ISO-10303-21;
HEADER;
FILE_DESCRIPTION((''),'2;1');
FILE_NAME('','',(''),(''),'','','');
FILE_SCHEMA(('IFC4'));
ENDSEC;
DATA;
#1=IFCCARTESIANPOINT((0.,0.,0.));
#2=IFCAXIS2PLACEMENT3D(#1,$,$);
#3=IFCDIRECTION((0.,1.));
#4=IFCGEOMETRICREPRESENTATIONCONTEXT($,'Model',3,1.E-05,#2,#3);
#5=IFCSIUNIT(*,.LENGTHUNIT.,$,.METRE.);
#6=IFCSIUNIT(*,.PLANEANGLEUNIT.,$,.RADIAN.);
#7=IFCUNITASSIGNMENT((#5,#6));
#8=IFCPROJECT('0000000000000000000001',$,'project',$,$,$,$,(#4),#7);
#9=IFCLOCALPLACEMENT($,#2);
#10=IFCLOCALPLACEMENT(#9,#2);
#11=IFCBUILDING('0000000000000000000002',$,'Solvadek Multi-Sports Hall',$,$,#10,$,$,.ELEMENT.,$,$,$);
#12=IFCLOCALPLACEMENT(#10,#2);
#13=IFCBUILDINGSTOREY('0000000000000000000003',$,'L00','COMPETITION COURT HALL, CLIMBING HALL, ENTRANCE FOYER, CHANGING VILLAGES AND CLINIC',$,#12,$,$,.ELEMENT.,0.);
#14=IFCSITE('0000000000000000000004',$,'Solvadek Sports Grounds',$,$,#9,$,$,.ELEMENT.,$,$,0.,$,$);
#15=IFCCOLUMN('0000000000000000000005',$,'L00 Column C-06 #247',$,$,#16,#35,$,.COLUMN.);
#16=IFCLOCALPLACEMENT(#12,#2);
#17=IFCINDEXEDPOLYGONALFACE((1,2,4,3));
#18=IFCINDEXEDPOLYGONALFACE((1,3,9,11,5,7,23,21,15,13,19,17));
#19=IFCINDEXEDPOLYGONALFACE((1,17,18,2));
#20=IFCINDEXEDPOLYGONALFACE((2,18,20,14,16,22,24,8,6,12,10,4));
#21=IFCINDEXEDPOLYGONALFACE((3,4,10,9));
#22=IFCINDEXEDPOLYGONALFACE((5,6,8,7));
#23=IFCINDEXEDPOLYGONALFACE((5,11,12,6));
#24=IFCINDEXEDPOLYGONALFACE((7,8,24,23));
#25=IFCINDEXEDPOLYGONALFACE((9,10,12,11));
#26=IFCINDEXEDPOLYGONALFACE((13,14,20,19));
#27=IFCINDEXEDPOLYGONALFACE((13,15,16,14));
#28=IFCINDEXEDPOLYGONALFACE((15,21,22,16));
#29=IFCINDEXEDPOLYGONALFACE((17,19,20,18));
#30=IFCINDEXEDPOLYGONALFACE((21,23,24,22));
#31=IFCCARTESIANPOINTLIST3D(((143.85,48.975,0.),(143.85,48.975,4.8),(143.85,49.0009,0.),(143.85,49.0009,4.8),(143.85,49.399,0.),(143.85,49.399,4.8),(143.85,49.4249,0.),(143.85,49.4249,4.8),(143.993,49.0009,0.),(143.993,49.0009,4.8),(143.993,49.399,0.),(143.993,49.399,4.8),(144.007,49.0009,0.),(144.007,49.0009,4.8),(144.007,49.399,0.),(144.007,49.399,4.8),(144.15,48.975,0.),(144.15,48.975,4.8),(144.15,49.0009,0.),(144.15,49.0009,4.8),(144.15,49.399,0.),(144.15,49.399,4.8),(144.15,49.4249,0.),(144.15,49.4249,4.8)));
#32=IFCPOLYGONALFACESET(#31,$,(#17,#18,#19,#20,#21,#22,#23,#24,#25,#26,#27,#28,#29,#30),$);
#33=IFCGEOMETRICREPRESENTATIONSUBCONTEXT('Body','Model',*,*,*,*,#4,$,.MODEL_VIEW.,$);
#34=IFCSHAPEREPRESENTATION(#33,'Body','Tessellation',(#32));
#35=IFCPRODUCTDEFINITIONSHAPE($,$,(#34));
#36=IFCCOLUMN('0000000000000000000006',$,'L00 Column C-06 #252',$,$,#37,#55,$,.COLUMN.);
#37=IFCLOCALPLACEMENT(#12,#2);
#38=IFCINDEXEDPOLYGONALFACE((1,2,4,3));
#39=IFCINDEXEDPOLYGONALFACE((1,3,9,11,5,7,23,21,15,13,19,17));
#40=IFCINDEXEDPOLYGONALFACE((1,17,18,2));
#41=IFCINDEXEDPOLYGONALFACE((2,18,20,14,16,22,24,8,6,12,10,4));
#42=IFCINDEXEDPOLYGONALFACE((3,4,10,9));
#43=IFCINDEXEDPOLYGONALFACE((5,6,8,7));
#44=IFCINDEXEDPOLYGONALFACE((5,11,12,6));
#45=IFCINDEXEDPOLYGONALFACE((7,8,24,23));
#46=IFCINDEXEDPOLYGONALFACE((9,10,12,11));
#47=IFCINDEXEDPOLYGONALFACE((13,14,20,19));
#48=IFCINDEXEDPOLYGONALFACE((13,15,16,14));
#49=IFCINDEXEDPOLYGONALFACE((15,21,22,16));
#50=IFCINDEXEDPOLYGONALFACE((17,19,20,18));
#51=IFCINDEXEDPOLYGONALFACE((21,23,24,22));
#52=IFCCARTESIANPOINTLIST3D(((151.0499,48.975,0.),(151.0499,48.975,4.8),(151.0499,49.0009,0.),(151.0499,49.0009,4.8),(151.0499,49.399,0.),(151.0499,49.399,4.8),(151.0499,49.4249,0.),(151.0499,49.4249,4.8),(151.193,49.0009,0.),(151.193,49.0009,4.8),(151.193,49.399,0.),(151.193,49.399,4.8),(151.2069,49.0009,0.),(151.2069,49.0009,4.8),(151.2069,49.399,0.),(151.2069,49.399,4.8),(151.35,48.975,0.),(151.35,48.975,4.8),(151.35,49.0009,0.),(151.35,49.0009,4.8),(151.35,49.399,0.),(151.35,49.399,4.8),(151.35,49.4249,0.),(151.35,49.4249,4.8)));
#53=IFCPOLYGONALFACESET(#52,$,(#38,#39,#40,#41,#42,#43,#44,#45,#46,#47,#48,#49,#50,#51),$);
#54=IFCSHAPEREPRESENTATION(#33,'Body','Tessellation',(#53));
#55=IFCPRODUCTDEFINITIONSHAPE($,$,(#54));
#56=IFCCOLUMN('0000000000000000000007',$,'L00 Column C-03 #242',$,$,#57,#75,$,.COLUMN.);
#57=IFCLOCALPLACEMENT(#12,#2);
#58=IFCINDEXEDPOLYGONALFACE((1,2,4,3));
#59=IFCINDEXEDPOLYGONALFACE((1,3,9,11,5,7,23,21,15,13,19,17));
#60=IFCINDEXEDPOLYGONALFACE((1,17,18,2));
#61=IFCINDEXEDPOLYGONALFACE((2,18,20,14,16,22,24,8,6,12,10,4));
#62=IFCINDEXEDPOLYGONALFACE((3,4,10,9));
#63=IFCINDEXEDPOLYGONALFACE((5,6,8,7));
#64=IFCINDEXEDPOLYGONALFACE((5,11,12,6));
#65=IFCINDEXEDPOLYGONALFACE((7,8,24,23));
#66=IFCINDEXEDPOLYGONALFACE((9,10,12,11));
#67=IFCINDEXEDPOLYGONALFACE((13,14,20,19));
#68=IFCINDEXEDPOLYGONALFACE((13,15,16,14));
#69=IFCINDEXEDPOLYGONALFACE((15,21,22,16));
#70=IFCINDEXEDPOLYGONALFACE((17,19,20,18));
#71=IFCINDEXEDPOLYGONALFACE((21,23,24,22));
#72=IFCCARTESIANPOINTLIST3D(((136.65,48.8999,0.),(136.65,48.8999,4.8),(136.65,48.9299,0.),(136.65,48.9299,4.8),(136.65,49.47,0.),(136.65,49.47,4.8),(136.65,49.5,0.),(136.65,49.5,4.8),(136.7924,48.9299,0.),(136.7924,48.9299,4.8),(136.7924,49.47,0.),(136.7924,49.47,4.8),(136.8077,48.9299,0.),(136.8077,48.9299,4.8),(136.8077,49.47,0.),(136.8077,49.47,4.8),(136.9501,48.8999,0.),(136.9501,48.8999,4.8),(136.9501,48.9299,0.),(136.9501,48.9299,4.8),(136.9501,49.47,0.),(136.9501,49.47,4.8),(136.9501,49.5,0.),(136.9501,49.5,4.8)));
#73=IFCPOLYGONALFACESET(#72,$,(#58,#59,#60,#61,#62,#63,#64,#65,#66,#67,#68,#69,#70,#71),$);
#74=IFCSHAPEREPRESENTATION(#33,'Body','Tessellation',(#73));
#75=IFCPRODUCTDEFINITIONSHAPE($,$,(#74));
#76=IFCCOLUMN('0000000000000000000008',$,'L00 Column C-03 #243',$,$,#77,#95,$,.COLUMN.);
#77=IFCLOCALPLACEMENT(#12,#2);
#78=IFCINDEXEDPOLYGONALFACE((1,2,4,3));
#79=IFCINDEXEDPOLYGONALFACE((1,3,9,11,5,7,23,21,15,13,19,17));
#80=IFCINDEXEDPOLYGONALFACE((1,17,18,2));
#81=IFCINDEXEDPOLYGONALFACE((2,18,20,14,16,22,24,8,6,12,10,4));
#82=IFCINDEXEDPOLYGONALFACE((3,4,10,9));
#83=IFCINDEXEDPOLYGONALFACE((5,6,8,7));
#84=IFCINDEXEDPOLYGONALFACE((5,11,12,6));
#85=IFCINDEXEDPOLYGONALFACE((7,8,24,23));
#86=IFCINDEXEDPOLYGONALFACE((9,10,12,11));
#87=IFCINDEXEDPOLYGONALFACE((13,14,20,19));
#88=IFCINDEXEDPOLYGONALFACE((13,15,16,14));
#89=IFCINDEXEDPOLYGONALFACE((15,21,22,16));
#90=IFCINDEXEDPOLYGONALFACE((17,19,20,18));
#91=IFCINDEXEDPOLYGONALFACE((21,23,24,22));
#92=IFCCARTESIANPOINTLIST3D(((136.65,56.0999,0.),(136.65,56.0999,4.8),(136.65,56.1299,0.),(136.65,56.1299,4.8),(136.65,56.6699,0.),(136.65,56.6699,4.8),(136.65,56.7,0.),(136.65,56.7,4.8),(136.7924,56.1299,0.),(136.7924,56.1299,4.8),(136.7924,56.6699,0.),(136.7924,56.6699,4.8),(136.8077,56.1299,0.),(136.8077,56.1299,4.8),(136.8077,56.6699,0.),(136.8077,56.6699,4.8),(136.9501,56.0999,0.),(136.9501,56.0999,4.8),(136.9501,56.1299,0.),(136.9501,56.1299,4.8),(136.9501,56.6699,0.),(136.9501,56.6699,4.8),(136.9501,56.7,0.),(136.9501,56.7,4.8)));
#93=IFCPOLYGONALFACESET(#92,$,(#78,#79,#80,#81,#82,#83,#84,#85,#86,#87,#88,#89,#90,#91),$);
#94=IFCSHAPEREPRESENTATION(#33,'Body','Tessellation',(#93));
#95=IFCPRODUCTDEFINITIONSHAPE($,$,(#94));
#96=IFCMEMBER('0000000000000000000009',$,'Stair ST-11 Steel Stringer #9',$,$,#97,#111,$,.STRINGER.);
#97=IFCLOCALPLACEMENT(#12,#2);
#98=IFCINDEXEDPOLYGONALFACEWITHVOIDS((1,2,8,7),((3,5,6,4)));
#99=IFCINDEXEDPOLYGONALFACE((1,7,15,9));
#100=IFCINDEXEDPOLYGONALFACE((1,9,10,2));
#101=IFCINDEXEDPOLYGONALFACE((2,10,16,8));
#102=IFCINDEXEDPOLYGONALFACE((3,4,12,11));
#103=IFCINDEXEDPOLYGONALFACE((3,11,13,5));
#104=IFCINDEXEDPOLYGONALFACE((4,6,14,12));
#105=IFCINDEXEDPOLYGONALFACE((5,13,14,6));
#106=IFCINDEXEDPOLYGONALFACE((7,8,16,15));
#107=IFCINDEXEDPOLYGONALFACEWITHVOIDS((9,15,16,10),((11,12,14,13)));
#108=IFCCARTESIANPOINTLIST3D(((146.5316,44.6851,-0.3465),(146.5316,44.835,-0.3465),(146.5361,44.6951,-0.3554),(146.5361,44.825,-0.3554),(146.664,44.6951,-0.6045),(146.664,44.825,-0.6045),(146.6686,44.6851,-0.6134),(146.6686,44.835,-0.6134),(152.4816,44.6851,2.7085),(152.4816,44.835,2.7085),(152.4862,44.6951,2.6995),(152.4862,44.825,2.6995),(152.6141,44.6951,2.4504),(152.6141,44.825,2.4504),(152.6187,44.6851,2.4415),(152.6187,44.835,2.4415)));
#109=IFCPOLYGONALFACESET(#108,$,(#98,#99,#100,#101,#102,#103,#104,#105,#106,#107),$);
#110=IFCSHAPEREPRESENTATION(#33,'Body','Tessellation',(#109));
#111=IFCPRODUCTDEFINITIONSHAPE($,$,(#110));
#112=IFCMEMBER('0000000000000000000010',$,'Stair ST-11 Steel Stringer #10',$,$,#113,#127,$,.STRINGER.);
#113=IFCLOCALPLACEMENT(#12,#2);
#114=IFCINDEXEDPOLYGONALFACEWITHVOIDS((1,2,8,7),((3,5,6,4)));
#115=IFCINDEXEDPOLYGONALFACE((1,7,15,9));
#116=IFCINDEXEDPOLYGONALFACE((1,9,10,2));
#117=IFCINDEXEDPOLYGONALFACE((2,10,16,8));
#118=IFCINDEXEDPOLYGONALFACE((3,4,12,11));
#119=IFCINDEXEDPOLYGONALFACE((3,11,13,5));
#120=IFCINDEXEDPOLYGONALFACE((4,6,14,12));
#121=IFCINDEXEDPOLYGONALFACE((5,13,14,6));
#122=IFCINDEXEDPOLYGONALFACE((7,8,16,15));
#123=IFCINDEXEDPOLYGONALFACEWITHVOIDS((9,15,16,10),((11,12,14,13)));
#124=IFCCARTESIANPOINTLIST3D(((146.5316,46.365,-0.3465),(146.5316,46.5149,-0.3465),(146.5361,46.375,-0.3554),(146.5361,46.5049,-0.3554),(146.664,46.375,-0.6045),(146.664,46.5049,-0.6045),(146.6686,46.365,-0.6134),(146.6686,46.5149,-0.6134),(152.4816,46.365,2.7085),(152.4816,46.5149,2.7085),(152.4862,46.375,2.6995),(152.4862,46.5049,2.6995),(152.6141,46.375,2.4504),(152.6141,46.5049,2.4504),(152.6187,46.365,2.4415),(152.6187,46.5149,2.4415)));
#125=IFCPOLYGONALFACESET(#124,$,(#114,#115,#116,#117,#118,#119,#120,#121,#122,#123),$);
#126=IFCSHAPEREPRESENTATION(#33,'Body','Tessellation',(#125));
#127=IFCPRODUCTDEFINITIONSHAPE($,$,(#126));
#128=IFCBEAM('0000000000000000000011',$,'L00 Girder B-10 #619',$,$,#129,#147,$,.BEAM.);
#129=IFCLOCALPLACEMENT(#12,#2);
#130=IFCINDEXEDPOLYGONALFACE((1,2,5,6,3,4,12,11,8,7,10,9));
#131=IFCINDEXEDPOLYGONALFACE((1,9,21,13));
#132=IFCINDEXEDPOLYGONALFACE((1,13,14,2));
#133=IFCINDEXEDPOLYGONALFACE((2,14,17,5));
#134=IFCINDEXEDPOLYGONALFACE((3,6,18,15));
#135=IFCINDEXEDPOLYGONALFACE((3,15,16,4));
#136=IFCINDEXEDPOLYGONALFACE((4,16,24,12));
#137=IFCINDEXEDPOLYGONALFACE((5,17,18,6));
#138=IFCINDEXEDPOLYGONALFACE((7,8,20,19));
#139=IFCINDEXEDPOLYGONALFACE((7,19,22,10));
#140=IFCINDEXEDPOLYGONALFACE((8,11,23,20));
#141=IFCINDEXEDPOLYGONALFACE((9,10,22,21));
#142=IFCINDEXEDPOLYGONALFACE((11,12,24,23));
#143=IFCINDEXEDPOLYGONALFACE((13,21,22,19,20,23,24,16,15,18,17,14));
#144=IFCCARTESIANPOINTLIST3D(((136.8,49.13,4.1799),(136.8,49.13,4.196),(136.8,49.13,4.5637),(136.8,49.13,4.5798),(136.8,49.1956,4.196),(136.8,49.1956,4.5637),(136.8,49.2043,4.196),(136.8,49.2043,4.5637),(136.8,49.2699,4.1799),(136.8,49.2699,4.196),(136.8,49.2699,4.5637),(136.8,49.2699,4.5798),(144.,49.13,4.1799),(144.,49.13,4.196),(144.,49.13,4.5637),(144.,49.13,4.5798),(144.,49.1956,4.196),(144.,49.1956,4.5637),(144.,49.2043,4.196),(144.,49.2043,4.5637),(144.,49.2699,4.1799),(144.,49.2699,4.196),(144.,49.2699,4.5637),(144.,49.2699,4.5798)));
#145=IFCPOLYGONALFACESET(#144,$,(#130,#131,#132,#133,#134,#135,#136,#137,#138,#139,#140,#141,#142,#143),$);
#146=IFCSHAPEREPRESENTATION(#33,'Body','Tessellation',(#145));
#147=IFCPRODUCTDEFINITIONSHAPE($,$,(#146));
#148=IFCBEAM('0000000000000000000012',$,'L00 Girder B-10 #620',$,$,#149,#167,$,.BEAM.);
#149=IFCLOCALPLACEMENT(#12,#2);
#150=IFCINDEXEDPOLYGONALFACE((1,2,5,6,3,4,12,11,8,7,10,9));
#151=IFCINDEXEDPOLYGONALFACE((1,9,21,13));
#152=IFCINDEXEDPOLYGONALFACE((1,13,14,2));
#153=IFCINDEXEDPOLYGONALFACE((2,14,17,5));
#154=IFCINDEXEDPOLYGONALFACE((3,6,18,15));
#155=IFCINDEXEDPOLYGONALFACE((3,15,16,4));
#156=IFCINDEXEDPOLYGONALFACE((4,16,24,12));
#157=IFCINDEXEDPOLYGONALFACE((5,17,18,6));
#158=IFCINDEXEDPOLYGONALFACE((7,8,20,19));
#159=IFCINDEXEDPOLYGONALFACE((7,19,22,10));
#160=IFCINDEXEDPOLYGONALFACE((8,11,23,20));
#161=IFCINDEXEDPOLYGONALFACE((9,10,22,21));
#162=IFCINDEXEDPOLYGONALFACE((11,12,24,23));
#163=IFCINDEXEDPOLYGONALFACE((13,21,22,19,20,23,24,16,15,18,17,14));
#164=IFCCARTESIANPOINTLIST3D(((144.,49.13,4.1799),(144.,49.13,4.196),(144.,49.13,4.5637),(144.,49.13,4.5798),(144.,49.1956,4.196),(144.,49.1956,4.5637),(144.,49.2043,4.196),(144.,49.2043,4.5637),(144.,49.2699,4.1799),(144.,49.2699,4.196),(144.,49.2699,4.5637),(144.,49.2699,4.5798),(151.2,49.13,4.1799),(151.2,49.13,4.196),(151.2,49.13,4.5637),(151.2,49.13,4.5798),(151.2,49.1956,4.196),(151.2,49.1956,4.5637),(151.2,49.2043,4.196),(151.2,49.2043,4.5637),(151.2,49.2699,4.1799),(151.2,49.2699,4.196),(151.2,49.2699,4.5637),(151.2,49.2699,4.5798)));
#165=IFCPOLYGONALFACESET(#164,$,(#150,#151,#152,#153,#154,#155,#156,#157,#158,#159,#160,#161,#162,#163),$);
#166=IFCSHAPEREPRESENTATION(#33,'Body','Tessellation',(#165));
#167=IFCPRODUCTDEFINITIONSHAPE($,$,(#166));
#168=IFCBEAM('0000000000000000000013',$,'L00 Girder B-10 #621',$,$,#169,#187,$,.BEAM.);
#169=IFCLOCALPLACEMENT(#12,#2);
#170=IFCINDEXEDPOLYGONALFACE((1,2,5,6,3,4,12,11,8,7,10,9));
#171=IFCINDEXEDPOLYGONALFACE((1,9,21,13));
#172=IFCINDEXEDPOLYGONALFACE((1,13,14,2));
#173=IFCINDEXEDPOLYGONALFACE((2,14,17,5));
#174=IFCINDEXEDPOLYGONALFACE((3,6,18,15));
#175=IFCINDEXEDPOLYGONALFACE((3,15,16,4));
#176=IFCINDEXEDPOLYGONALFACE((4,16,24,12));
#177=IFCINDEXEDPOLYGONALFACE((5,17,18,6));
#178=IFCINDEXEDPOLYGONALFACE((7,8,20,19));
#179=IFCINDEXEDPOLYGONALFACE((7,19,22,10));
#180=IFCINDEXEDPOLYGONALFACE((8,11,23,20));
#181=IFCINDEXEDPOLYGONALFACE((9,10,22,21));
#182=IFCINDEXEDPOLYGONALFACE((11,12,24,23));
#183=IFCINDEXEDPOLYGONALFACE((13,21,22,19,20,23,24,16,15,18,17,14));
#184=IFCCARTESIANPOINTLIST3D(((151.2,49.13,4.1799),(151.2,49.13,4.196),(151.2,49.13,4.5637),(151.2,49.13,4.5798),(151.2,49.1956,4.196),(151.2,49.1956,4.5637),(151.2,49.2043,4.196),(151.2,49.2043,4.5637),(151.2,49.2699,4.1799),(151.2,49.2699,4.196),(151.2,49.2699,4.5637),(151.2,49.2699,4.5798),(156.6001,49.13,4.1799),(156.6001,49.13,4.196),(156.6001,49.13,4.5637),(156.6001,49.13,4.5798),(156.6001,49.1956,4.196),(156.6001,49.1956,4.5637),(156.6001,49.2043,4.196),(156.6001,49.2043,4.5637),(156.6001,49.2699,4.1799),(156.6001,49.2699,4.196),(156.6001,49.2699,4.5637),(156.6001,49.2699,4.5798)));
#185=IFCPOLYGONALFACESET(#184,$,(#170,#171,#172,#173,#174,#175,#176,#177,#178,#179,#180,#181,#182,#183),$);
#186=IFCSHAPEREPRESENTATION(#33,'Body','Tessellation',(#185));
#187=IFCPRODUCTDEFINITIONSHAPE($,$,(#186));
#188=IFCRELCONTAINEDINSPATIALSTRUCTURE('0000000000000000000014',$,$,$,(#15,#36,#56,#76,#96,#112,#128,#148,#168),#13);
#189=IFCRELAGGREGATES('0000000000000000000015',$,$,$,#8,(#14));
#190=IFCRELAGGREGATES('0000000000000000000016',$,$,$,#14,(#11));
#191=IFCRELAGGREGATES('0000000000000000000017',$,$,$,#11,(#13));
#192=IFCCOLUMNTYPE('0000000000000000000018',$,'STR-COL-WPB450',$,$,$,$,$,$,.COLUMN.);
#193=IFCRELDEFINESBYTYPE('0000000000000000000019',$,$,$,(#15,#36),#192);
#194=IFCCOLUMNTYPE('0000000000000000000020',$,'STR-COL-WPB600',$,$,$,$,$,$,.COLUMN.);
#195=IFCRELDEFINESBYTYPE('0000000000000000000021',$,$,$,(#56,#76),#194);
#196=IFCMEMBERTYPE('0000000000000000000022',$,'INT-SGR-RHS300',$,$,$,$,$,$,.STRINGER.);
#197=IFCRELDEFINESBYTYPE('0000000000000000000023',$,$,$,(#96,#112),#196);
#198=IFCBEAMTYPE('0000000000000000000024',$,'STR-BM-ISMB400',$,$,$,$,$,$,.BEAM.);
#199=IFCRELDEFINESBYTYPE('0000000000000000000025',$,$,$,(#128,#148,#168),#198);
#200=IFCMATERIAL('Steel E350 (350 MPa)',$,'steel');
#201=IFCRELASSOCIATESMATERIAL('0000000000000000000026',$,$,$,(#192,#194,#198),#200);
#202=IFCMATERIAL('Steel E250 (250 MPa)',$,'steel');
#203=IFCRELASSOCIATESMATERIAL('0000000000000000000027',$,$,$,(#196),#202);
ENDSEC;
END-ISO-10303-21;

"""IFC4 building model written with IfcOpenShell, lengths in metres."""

from ifc_helpers import new_model, si_unit, direction, frame, origin, origin_2d, place, context, subcontext, project, spatial, hollow_rectangle, i_section, extrude, material, material_profile, profile_set, type_object, element, save


model = new_model("IFC4")

# Units and contexts
model_context = context("Model", 3, precision=1e-05, world=origin(), true_north=direction((0.0, 1.0)))
body_context = subcontext(model_context, "Body", "Model", "MODEL_VIEW")
ifc_project = project(units=[si_unit("LENGTHUNIT", "METRE"), si_unit("PLANEANGLEUNIT", "RADIAN")], contexts=[model_context])

# Site, building, storey
site_placement = place(None, origin())
site = spatial("IfcSite", under=ifc_project, at=site_placement, Name="Solvadek Sports Grounds", CompositionType="ELEMENT", RefElevation=0.0)
building_placement = place(site_placement, origin())
building = spatial("IfcBuilding", under=site, at=building_placement, Name="Solvadek Multi-Sports Hall", CompositionType="ELEMENT")
storey_placement = place(building_placement, origin())
storey = spatial("IfcBuildingStorey", under=building, at=storey_placement, Name="L00", Description="COMPETITION COURT HALL, CLIMBING HALL, ENTRANCE FOYER, CHANGING VILLAGES AND CLINIC", CompositionType="ELEMENT", Elevation=0.0)

# Columns
ifc_material_1 = material(Name="Steel E350 (350 MPa)", Category="steel")
ifc_material_profile_1 = material_profile(ifc_material_1, i_section(OverallWidth=0.3, OverallDepth=0.45, WebThickness=0.0139, FlangeThickness=0.0259, at=origin_2d()), Name="WPB 450")
ifc_profile_set_1 = profile_set([ifc_material_profile_1], Name="Steel E350 (350 MPa)")
column_type_1 = type_object("IfcColumnType", Name="STR-COL-WPB450", PredefinedType="COLUMN", material=ifc_profile_set_1)
for number, where, z_axis, x_axis, name in (
    (1, (144.0, 49.2, 0.0), (0.0, 0.0, 1.0), (1.0, 0.0, 0.0), "L00 Column C-06 #247"),
    (2, (151.2, 49.2, 0.0), (0.0, 0.0, 1.0), (1.0, 0.0, 0.0), "L00 Column C-06 #252"),
):
    element("IfcColumn", number, at=place(storey_placement, frame(where, z_axis=z_axis, x_axis=x_axis)), inside=storey, type_object=column_type_1, Name=name, PredefinedType="COLUMN", context=body_context, shape_type="SweptSolid", body=[
        extrude(i_section(OverallWidth=0.3, OverallDepth=0.45, WebThickness=0.0139, FlangeThickness=0.0259, at=origin_2d()), origin(), (0.0, 0.0, 1.0), 4.8),
    ])
ifc_material_profile_2 = material_profile(ifc_material_1, i_section(OverallWidth=0.3, OverallDepth=0.6001, WebThickness=0.0154, FlangeThickness=0.03, at=origin_2d()), Name="WPB 600")
ifc_profile_set_2 = profile_set([ifc_material_profile_2], Name="Steel E350 (350 MPa)")
column_type_2 = type_object("IfcColumnType", Name="STR-COL-WPB600", PredefinedType="COLUMN", material=ifc_profile_set_2)
for number, where, z_axis, x_axis, name in (
    (3, (136.8, 49.2, 0.0), (0.0, 0.0, 1.0), (1.0, 0.0, 0.0), "L00 Column C-03 #242"),
    (4, (136.8, 56.3999, 0.0), (0.0, 0.0, 1.0), (1.0, 0.0, 0.0), "L00 Column C-03 #243"),
):
    element("IfcColumn", number, at=place(storey_placement, frame(where, z_axis=z_axis, x_axis=x_axis)), inside=storey, type_object=column_type_2, Name=name, PredefinedType="COLUMN", context=body_context, shape_type="SweptSolid", body=[
        extrude(i_section(OverallWidth=0.3, OverallDepth=0.6001, WebThickness=0.0154, FlangeThickness=0.03, at=origin_2d()), origin(), (0.0, 0.0, 1.0), 4.8),
    ])

# Members
ifc_material_2 = material(Name="Steel E250 (250 MPa)", Category="steel")
ifc_material_profile_3 = material_profile(ifc_material_2, hollow_rectangle(XDim=0.1499, YDim=0.3, WallThickness=0.01, at=origin_2d()), Name="RHS 300x150x10")
ifc_profile_set_3 = profile_set([ifc_material_profile_3], Name="Steel E250 (250 MPa)")
member_type = type_object("IfcMemberType", Name="INT-SGR-RHS300", PredefinedType="STRINGER", material=ifc_profile_set_3)
for number, where, z_axis, x_axis, name in (
    (5, (146.6001, 44.76, -0.48), (0.889594, 0.0, 0.456752), (0.0, 1.0, 0.0), "Stair ST-11 Steel Stringer #9"),
    (6, (146.6001, 46.4399, -0.48), (0.889594, 0.0, 0.456752), (0.0, 1.0, 0.0), "Stair ST-11 Steel Stringer #10"),
):
    element("IfcMember", number, at=place(storey_placement, frame(where, z_axis=z_axis, x_axis=x_axis)), inside=storey, type_object=member_type, Name=name, PredefinedType="STRINGER", context=body_context, shape_type="SweptSolid", body=[
        extrude(hollow_rectangle(XDim=0.1499, YDim=0.3, WallThickness=0.01, at=origin_2d()), origin(), (0.0, 0.0, 1.0), 6.6885),
    ])

# Beams
ifc_material_profile_4 = material_profile(ifc_material_1, i_section(OverallWidth=0.1399, OverallDepth=0.3999, WebThickness=0.0088, FlangeThickness=0.0161, at=origin_2d()), Name="ISMB 400")
ifc_profile_set_4 = profile_set([ifc_material_profile_4], Name="Steel E350 (350 MPa)")
beam_type_1 = type_object("IfcBeamType", Name="STR-BM-ISMB400", PredefinedType="BEAM", material=ifc_profile_set_4)
for number, where, z_axis, x_axis, name in (
    (7, (136.8, 49.2, 4.3799), (1.0, 0.0, 0.0), (0.0, 1.0, 0.0), "L00 Girder B-10 #619"),
    (8, (144.0, 49.2, 4.3799), (1.0, 0.0, 0.0), (0.0, 1.0, 0.0), "L00 Girder B-10 #620"),
):
    element("IfcBeam", number, at=place(storey_placement, frame(where, z_axis=z_axis, x_axis=x_axis)), inside=storey, type_object=beam_type_1, Name=name, PredefinedType="BEAM", context=body_context, shape_type="SweptSolid", body=[
        extrude(i_section(OverallWidth=0.1399, OverallDepth=0.3999, WebThickness=0.0088, FlangeThickness=0.0161, at=origin_2d()), origin(), (0.0, 0.0, 1.0), 7.2),
    ])
beam_1_placement = place(storey_placement, frame((151.2, 49.2, 4.3799), z_axis=(1.0, 0.0, 0.0), x_axis=(0.0, 1.0, 0.0)))
element("IfcBeam", 9, at=beam_1_placement, inside=storey, type_object=beam_type_1, Name="L00 Girder B-10 #621", PredefinedType="BEAM", context=body_context, shape_type="SweptSolid", body=[
    extrude(i_section(OverallWidth=0.1399, OverallDepth=0.3999, WebThickness=0.0088, FlangeThickness=0.0161, at=origin_2d()), origin(), (0.0, 0.0, 1.0), 5.4001),
])

save(model, "model.ifc")
